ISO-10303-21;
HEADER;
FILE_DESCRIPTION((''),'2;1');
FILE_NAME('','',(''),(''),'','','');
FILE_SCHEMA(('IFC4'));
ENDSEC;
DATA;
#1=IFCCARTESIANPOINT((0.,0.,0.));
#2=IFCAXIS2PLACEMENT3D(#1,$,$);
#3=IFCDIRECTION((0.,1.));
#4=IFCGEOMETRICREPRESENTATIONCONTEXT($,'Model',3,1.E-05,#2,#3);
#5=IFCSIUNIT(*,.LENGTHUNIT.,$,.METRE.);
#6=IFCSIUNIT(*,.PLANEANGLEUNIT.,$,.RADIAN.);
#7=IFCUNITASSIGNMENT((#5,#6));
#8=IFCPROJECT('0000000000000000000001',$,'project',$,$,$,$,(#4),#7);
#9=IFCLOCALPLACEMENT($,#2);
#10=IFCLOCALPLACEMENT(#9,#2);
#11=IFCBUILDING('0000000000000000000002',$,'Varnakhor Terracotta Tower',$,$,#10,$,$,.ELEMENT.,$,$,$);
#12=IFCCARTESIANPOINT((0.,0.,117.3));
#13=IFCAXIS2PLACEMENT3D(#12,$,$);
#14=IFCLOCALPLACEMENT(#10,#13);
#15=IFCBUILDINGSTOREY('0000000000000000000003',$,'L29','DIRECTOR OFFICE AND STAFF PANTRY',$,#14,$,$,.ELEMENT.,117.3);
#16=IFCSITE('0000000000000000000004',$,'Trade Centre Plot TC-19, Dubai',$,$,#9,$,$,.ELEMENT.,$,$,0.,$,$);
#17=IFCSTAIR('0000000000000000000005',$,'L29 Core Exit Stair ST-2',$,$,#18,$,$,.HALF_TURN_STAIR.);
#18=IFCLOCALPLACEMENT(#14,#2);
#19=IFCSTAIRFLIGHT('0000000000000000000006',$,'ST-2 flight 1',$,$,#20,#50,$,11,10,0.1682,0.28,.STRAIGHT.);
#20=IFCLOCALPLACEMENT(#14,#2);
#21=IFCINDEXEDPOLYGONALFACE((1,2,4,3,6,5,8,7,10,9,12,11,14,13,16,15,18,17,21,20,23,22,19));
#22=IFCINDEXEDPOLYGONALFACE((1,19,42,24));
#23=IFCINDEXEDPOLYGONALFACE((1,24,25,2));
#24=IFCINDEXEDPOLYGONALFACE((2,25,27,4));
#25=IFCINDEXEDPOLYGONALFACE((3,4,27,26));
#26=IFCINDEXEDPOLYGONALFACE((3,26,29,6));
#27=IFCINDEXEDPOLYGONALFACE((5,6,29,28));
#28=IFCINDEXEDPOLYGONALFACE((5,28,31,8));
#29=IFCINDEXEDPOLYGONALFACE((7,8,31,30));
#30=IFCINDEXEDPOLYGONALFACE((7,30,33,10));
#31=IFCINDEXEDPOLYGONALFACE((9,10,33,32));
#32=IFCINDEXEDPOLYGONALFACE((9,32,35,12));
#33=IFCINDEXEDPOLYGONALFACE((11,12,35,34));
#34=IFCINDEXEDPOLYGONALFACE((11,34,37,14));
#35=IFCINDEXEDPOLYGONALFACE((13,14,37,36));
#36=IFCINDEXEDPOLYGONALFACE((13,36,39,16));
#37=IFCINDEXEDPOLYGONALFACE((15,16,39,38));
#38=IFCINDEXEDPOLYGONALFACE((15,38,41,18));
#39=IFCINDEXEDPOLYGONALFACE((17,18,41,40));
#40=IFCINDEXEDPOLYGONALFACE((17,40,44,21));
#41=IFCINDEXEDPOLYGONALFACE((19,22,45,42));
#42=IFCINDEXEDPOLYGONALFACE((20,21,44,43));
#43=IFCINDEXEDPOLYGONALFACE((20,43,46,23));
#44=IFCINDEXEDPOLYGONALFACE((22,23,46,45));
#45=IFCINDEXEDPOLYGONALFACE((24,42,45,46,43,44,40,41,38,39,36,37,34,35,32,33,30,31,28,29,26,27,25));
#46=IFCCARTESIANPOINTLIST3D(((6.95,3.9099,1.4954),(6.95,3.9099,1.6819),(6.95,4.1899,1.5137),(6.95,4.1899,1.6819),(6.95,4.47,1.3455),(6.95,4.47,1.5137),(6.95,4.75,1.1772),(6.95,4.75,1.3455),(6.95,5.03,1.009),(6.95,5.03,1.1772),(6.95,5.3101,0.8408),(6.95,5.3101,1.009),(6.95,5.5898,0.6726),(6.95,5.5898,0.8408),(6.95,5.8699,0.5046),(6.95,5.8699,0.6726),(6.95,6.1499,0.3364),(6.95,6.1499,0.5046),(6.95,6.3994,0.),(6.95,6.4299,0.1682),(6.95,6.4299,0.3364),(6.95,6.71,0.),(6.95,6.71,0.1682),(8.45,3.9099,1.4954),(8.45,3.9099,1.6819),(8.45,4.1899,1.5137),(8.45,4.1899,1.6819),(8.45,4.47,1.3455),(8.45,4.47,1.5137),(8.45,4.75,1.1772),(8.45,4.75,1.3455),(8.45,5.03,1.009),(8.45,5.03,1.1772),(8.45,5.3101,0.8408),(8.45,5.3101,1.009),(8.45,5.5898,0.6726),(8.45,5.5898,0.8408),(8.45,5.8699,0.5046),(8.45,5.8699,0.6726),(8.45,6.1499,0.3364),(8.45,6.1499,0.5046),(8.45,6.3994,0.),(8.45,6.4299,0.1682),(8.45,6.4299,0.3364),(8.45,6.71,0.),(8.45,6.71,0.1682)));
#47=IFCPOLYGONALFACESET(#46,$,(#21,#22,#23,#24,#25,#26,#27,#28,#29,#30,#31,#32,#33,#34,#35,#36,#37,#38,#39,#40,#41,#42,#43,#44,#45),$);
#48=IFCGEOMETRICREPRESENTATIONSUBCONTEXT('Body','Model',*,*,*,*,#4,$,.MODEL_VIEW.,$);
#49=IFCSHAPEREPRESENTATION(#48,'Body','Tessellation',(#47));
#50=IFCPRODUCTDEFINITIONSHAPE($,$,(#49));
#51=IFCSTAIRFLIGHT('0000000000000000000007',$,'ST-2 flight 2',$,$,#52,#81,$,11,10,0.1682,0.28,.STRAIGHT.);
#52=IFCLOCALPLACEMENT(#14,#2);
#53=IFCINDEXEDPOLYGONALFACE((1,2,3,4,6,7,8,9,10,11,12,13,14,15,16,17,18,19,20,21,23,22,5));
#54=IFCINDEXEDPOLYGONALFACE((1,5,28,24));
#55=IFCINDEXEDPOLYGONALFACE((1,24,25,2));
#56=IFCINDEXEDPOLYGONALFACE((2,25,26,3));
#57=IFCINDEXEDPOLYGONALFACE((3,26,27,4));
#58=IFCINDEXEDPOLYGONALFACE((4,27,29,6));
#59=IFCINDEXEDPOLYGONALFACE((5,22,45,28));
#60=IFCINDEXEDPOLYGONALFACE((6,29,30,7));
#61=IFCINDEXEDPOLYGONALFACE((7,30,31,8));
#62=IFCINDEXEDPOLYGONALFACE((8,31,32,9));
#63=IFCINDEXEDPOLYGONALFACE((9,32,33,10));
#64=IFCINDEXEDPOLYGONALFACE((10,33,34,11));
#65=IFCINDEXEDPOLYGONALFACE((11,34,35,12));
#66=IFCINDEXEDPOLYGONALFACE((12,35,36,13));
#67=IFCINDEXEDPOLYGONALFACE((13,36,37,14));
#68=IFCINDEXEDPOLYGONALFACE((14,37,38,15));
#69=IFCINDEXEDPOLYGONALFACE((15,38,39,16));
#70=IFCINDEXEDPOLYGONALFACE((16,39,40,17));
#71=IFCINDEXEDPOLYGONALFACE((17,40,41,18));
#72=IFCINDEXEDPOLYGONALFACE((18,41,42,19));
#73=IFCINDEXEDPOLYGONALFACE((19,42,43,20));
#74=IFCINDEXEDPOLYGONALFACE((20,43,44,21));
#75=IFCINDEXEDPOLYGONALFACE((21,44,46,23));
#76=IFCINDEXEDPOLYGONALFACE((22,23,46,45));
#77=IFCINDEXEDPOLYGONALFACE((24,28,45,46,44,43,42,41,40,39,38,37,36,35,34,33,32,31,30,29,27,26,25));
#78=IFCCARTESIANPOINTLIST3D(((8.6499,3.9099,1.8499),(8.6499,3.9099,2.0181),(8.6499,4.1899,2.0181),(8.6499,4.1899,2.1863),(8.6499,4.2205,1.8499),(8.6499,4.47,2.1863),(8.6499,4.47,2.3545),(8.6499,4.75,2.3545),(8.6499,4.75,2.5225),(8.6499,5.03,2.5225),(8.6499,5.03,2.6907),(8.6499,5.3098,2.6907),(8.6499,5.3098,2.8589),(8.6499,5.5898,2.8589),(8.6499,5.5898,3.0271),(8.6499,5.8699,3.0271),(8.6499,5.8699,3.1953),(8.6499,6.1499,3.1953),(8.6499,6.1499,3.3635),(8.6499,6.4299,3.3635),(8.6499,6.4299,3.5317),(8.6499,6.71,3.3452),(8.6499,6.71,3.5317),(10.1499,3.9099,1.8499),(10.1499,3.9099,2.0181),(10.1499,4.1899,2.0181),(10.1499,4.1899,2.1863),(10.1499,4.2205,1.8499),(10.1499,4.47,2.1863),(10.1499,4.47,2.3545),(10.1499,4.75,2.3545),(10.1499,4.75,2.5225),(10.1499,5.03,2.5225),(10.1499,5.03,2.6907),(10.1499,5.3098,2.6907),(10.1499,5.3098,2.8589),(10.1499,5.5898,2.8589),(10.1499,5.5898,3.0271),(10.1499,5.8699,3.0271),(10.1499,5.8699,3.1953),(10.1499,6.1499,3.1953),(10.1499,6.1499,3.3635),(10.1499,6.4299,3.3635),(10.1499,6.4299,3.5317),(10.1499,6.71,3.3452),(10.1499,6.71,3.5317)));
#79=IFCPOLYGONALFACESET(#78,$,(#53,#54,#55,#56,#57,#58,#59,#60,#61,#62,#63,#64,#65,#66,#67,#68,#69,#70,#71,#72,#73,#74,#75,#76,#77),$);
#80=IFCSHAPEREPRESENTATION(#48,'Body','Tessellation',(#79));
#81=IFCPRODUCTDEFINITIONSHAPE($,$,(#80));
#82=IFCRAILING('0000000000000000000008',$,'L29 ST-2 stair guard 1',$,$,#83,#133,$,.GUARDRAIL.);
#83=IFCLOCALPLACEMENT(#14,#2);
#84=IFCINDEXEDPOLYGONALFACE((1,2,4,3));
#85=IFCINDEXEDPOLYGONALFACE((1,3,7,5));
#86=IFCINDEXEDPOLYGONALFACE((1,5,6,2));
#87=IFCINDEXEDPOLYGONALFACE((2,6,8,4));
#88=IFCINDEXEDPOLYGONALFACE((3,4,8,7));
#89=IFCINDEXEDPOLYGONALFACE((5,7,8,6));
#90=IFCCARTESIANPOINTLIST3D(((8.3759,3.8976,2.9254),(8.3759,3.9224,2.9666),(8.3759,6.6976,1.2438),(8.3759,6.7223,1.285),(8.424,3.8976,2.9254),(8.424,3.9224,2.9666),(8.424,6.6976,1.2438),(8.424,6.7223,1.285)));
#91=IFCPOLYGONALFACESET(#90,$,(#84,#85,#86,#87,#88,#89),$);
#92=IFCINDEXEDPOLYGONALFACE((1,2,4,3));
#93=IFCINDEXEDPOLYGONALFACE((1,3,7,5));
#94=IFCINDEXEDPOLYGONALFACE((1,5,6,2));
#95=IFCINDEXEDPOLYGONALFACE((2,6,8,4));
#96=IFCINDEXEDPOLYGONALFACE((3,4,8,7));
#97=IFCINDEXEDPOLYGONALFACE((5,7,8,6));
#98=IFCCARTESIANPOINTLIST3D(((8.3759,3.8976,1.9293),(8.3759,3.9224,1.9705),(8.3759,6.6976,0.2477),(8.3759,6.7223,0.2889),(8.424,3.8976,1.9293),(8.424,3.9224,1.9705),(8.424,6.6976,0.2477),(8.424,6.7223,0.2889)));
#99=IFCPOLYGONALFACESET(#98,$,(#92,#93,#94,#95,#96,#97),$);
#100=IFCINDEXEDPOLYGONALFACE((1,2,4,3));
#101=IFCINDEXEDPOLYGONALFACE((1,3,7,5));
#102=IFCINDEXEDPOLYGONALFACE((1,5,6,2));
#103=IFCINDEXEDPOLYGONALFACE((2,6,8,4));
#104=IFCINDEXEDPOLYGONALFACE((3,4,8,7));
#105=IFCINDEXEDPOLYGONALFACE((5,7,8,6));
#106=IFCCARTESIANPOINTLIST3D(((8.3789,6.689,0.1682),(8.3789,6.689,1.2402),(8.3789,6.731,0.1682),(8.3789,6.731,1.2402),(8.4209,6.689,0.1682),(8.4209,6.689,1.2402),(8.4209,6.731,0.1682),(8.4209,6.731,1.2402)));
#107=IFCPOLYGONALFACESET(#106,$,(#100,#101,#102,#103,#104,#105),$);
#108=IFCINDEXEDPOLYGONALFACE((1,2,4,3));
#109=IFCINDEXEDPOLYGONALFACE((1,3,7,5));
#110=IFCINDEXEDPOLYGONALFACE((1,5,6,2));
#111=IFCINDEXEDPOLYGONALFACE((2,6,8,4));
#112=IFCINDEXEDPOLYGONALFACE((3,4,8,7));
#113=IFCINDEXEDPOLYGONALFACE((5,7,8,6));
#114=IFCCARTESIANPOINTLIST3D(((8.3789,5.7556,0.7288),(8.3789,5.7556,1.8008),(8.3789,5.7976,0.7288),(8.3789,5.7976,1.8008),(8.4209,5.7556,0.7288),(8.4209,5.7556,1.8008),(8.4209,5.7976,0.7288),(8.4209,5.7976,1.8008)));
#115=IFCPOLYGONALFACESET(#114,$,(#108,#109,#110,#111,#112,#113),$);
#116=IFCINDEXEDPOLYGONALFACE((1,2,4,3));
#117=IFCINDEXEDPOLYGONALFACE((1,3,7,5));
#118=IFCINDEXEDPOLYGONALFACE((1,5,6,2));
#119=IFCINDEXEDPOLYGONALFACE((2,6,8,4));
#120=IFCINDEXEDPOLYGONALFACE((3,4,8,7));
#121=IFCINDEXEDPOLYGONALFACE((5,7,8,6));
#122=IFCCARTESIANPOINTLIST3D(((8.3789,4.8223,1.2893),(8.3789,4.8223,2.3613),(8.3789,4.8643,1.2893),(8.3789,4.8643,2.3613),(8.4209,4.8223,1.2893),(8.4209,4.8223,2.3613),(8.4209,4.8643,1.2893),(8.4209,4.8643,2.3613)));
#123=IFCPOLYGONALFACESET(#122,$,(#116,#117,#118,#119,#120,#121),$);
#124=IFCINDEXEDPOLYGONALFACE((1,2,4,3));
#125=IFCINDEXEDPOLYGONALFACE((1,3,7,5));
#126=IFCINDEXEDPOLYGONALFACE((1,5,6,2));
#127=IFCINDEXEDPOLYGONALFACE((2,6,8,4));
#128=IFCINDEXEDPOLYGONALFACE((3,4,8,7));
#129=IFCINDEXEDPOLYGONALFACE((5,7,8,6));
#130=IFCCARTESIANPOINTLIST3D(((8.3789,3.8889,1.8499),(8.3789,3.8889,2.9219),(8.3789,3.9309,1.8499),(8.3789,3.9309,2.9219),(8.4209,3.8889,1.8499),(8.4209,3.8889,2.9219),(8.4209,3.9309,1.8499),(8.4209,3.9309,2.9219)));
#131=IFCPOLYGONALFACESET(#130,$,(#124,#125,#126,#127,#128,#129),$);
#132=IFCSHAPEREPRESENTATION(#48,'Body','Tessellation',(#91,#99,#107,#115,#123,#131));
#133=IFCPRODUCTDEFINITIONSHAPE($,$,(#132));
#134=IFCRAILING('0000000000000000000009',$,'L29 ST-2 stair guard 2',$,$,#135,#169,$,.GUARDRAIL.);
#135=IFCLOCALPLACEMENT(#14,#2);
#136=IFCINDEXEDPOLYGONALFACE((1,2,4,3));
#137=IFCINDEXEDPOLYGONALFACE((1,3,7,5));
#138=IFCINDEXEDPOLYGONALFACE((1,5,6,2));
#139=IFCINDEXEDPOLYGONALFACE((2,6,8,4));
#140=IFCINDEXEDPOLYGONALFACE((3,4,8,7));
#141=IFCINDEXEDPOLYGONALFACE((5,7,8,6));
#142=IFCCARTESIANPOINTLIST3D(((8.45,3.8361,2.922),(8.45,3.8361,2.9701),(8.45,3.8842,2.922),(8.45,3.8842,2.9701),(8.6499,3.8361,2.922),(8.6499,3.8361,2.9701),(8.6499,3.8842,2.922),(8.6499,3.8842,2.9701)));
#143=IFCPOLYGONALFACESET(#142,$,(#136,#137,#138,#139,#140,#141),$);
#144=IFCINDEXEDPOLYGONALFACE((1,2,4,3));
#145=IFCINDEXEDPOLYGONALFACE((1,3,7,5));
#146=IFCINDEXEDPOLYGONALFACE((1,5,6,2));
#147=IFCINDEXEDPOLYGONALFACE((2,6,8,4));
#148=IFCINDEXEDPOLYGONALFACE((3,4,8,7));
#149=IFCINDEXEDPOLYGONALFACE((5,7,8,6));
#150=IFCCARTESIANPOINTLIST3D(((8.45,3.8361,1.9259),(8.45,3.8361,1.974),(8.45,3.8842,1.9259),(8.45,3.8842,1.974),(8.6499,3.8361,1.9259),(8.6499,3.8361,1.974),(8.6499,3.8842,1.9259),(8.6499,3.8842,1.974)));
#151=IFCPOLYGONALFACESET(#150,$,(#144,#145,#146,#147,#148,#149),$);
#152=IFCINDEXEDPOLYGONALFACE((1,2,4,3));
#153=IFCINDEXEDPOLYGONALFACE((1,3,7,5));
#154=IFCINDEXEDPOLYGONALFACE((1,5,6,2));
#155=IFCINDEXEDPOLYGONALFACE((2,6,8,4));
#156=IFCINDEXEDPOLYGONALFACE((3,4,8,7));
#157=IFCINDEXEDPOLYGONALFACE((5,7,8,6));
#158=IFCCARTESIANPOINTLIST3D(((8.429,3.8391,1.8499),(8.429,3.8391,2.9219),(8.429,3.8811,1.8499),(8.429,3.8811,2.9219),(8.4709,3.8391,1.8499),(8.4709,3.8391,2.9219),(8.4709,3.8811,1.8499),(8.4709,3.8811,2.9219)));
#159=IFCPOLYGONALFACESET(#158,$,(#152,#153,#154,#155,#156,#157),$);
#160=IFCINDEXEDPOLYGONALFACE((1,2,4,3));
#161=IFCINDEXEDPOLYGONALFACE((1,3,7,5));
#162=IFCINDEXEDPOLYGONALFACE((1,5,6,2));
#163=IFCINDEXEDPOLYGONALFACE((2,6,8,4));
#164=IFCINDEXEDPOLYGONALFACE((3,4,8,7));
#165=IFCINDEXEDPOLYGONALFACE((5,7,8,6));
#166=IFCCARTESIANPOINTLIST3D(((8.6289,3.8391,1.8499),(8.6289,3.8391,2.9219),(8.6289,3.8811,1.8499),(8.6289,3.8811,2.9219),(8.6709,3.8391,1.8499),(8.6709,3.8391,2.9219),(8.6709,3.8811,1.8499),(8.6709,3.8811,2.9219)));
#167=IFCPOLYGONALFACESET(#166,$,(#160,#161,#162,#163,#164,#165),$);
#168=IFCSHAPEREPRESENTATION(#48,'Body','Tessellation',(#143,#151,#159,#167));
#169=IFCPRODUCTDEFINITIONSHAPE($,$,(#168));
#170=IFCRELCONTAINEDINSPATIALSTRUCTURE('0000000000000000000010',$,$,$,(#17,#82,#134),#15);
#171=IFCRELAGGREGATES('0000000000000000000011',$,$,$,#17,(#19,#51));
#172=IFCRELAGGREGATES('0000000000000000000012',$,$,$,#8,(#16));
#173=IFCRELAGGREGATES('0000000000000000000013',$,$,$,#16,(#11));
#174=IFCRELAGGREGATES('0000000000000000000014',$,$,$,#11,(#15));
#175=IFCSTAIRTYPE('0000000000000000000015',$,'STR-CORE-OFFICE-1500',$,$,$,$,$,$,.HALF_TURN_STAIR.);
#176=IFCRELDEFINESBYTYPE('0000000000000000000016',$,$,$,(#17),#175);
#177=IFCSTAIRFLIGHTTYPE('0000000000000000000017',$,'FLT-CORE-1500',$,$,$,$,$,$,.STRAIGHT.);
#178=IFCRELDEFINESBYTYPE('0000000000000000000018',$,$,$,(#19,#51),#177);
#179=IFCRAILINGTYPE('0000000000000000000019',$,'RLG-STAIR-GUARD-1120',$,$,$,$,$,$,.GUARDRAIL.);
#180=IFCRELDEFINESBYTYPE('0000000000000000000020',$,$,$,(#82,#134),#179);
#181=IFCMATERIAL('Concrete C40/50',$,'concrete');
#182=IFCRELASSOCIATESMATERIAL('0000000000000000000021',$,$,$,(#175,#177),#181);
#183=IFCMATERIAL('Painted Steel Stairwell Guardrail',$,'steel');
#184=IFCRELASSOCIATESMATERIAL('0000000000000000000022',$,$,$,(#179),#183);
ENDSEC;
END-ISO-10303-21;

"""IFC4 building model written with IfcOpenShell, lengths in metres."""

from ifc_helpers import new_model, si_unit, direction, frame, origin, origin_2d, place, context, subcontext, project, spatial, polyline, rectangle, outline, extrude, material, type_object, element, aggregate, save


model = new_model("IFC4")

# Units and contexts
model_context = context("Model", 3, precision=1e-05, world=origin(), true_north=direction((0.0, 1.0)))
body_context = subcontext(model_context, "Body", "Model", "MODEL_VIEW")
ifc_project = project(units=[si_unit("LENGTHUNIT", "METRE"), si_unit("PLANEANGLEUNIT", "RADIAN")], contexts=[model_context])

# Site, building, storey
site_placement = place(None, origin())
site = spatial("IfcSite", under=ifc_project, at=site_placement, Name="Trade Centre Plot TC-19, Dubai", CompositionType="ELEMENT", RefElevation=0.0)
building_placement = place(site_placement, origin())
building = spatial("IfcBuilding", under=site, at=building_placement, Name="Varnakhor Terracotta Tower", CompositionType="ELEMENT")
storey_placement = place(building_placement, frame((0.0, 0.0, 117.3)))
storey = spatial("IfcBuildingStorey", under=building, at=storey_placement, Name="L29", Description="DIRECTOR OFFICE AND STAFF PANTRY", CompositionType="ELEMENT", Elevation=117.3)

# Shared definitions
ifc_material_1 = material(Name="Concrete C40/50", Category="concrete")

# Stair, stair flights
stair_type = type_object("IfcStairType", Name="STR-CORE-OFFICE-1500", PredefinedType="HALF_TURN_STAIR", material=ifc_material_1)
stair_placement = place(storey_placement, origin())
stair = element("IfcStair", 1, at=stair_placement, inside=storey, type_object=stair_type, Name="L29 Core Exit Stair ST-2", PredefinedType="HALF_TURN_STAIR")
stair_flight_type = type_object("IfcStairFlightType", Name="FLT-CORE-1500", PredefinedType="STRAIGHT", material=ifc_material_1)
stair_flight_1_placement = place(storey_placement, frame((7.7, 6.71, 0.0), z_axis=(0.0, 0.0, 1.0), x_axis=(0.0, -1.0, 0.0)))
stair_flight_1 = element("IfcStairFlight", 2, at=stair_flight_1_placement, type_object=stair_flight_type, Name="ST-2 flight 1", NumberOfRisers=11, NumberOfTreads=10, PredefinedType="STRAIGHT", RiserHeight=0.1682, TreadLength=0.28, context=body_context, shape_type="SweptSolid", body=[
    extrude(outline(polyline([(0.0, 0.0), (0.0, 0.1682), (0.28, 0.1682), (0.28, 0.3364), (0.5601, 0.3364), (0.5601, 0.5046), (0.8401, 0.5046), (0.8401, 0.6726), (1.1201, 0.6726), (1.1201, 0.8408), (1.3999, 0.8408), (1.3999, 1.009), (1.6799, 1.009), (1.6799, 1.1772), (1.96, 1.1772), (1.96, 1.3455), (2.24, 1.3455), (2.24, 1.5137), (2.52, 1.5137), (2.52, 1.6819), (2.8, 1.6819), (2.8, 1.8501), (2.8, 1.4954), (0.3105, 0.0), (0.0, 0.0)])), frame((0.0, 0.75, 0.0), z_axis=(0.0, -1.0, 0.0), x_axis=(1.0, 0.0, 0.0)), (0.0, 0.0, 1.0), 1.5),
])
stair_flight_2_placement = place(storey_placement, frame((9.3999, 3.9099, 1.8499), z_axis=(0.0, 0.0, 1.0), x_axis=(0.0, 1.0, 0.0)))
stair_flight_2 = element("IfcStairFlight", 3, at=stair_flight_2_placement, type_object=stair_flight_type, Name="ST-2 flight 2", NumberOfRisers=11, NumberOfTreads=10, PredefinedType="STRAIGHT", RiserHeight=0.1682, TreadLength=0.28, context=body_context, shape_type="SweptSolid", body=[
    extrude(outline(polyline([(0.0, 0.0), (0.0, 0.1682), (0.28, 0.1682), (0.28, 0.3364), (0.5601, 0.3364), (0.5601, 0.5046), (0.8401, 0.5046), (0.8401, 0.6726), (1.1201, 0.6726), (1.1201, 0.8408), (1.3999, 0.8408), (1.3999, 1.009), (1.6799, 1.009), (1.6799, 1.1772), (1.96, 1.1772), (1.96, 1.3455), (2.24, 1.3455), (2.24, 1.5137), (2.52, 1.5137), (2.52, 1.6819), (2.8, 1.6819), (2.8, 1.8501), (2.8, 1.4954), (0.3105, 0.0), (0.0, 0.0)])), frame((0.0, 0.75, 0.0), z_axis=(0.0, -1.0, 0.0), x_axis=(1.0, 0.0, 0.0)), (0.0, 0.0, 1.0), 1.5),
])
aggregate(stair, [stair_flight_1, stair_flight_2])

# Railings
ifc_material_2 = material(Name="Painted Steel Stairwell Guardrail", Category="steel")
railing_type_1 = type_object("IfcRailingType", Name="RLG-STAIR-GUARD-1120", PredefinedType="GUARDRAIL", material=ifc_material_2)
railing_1_placement = place(storey_placement, frame((8.3999, 6.71, 0.1682)))
element("IfcRailing", 4, at=railing_1_placement, inside=storey, type_object=railing_type_1, Name="L29 ST-2 stair guard 1", PredefinedType="GUARDRAIL", context=body_context, shape_type="SweptSolid", body=[
    extrude(rectangle(XDim=0.0481, YDim=0.0481, at=origin_2d()), frame((0.0, 0.0, 1.0962), z_axis=(0.0, -0.857275, 0.514858), x_axis=(1.0, 0.0, 0.0)), (0.0, 0.0, 1.0), 3.2661),
    extrude(rectangle(XDim=0.0481, YDim=0.0481, at=origin_2d()), frame((0.0, 0.0, 0.1001), z_axis=(0.0, -0.857275, 0.514858), x_axis=(1.0, 0.0, 0.0)), (0.0, 0.0, 1.0), 3.2661),
    extrude(rectangle(XDim=0.042, YDim=0.042, at=origin_2d()), origin(), (0.0, 0.0, 1.0), 1.072),
    extrude(rectangle(XDim=0.042, YDim=0.042, at=origin_2d()), frame((0.0, -0.9333, 0.5605)), (0.0, 0.0, 1.0), 1.072),
    extrude(rectangle(XDim=0.042, YDim=0.042, at=origin_2d()), frame((0.0, -1.8667, 1.1211)), (0.0, 0.0, 1.0), 1.072),
    extrude(rectangle(XDim=0.042, YDim=0.042, at=origin_2d()), frame((0.0, -2.8, 1.6816)), (0.0, 0.0, 1.0), 1.072),
])
railing_2_placement = place(storey_placement, frame((8.45, 3.8601, 1.8499)))
element("IfcRailing", 5, at=railing_2_placement, inside=storey, type_object=railing_type_1, Name="L29 ST-2 stair guard 2", PredefinedType="GUARDRAIL", context=body_context, shape_type="SweptSolid", body=[
    extrude(rectangle(XDim=0.0481, YDim=0.0481, at=origin_2d()), frame((0.0, 0.0, 1.0962), z_axis=(1.0, 0.0, 0.0), x_axis=(0.0, 1.0, 0.0)), (0.0, 0.0, 1.0), 0.2),
    extrude(rectangle(XDim=0.0481, YDim=0.0481, at=origin_2d()), frame((0.0, 0.0, 0.1001), z_axis=(1.0, 0.0, 0.0), x_axis=(0.0, 1.0, 0.0)), (0.0, 0.0, 1.0), 0.2),
    extrude(rectangle(XDim=0.042, YDim=0.042, at=origin_2d()), origin(), (0.0, 0.0, 1.0), 1.072),
    extrude(rectangle(XDim=0.042, YDim=0.042, at=origin_2d()), frame((0.2, 0.0, 0.0)), (0.0, 0.0, 1.0), 1.072),
])

save(model, "model.ifc")
